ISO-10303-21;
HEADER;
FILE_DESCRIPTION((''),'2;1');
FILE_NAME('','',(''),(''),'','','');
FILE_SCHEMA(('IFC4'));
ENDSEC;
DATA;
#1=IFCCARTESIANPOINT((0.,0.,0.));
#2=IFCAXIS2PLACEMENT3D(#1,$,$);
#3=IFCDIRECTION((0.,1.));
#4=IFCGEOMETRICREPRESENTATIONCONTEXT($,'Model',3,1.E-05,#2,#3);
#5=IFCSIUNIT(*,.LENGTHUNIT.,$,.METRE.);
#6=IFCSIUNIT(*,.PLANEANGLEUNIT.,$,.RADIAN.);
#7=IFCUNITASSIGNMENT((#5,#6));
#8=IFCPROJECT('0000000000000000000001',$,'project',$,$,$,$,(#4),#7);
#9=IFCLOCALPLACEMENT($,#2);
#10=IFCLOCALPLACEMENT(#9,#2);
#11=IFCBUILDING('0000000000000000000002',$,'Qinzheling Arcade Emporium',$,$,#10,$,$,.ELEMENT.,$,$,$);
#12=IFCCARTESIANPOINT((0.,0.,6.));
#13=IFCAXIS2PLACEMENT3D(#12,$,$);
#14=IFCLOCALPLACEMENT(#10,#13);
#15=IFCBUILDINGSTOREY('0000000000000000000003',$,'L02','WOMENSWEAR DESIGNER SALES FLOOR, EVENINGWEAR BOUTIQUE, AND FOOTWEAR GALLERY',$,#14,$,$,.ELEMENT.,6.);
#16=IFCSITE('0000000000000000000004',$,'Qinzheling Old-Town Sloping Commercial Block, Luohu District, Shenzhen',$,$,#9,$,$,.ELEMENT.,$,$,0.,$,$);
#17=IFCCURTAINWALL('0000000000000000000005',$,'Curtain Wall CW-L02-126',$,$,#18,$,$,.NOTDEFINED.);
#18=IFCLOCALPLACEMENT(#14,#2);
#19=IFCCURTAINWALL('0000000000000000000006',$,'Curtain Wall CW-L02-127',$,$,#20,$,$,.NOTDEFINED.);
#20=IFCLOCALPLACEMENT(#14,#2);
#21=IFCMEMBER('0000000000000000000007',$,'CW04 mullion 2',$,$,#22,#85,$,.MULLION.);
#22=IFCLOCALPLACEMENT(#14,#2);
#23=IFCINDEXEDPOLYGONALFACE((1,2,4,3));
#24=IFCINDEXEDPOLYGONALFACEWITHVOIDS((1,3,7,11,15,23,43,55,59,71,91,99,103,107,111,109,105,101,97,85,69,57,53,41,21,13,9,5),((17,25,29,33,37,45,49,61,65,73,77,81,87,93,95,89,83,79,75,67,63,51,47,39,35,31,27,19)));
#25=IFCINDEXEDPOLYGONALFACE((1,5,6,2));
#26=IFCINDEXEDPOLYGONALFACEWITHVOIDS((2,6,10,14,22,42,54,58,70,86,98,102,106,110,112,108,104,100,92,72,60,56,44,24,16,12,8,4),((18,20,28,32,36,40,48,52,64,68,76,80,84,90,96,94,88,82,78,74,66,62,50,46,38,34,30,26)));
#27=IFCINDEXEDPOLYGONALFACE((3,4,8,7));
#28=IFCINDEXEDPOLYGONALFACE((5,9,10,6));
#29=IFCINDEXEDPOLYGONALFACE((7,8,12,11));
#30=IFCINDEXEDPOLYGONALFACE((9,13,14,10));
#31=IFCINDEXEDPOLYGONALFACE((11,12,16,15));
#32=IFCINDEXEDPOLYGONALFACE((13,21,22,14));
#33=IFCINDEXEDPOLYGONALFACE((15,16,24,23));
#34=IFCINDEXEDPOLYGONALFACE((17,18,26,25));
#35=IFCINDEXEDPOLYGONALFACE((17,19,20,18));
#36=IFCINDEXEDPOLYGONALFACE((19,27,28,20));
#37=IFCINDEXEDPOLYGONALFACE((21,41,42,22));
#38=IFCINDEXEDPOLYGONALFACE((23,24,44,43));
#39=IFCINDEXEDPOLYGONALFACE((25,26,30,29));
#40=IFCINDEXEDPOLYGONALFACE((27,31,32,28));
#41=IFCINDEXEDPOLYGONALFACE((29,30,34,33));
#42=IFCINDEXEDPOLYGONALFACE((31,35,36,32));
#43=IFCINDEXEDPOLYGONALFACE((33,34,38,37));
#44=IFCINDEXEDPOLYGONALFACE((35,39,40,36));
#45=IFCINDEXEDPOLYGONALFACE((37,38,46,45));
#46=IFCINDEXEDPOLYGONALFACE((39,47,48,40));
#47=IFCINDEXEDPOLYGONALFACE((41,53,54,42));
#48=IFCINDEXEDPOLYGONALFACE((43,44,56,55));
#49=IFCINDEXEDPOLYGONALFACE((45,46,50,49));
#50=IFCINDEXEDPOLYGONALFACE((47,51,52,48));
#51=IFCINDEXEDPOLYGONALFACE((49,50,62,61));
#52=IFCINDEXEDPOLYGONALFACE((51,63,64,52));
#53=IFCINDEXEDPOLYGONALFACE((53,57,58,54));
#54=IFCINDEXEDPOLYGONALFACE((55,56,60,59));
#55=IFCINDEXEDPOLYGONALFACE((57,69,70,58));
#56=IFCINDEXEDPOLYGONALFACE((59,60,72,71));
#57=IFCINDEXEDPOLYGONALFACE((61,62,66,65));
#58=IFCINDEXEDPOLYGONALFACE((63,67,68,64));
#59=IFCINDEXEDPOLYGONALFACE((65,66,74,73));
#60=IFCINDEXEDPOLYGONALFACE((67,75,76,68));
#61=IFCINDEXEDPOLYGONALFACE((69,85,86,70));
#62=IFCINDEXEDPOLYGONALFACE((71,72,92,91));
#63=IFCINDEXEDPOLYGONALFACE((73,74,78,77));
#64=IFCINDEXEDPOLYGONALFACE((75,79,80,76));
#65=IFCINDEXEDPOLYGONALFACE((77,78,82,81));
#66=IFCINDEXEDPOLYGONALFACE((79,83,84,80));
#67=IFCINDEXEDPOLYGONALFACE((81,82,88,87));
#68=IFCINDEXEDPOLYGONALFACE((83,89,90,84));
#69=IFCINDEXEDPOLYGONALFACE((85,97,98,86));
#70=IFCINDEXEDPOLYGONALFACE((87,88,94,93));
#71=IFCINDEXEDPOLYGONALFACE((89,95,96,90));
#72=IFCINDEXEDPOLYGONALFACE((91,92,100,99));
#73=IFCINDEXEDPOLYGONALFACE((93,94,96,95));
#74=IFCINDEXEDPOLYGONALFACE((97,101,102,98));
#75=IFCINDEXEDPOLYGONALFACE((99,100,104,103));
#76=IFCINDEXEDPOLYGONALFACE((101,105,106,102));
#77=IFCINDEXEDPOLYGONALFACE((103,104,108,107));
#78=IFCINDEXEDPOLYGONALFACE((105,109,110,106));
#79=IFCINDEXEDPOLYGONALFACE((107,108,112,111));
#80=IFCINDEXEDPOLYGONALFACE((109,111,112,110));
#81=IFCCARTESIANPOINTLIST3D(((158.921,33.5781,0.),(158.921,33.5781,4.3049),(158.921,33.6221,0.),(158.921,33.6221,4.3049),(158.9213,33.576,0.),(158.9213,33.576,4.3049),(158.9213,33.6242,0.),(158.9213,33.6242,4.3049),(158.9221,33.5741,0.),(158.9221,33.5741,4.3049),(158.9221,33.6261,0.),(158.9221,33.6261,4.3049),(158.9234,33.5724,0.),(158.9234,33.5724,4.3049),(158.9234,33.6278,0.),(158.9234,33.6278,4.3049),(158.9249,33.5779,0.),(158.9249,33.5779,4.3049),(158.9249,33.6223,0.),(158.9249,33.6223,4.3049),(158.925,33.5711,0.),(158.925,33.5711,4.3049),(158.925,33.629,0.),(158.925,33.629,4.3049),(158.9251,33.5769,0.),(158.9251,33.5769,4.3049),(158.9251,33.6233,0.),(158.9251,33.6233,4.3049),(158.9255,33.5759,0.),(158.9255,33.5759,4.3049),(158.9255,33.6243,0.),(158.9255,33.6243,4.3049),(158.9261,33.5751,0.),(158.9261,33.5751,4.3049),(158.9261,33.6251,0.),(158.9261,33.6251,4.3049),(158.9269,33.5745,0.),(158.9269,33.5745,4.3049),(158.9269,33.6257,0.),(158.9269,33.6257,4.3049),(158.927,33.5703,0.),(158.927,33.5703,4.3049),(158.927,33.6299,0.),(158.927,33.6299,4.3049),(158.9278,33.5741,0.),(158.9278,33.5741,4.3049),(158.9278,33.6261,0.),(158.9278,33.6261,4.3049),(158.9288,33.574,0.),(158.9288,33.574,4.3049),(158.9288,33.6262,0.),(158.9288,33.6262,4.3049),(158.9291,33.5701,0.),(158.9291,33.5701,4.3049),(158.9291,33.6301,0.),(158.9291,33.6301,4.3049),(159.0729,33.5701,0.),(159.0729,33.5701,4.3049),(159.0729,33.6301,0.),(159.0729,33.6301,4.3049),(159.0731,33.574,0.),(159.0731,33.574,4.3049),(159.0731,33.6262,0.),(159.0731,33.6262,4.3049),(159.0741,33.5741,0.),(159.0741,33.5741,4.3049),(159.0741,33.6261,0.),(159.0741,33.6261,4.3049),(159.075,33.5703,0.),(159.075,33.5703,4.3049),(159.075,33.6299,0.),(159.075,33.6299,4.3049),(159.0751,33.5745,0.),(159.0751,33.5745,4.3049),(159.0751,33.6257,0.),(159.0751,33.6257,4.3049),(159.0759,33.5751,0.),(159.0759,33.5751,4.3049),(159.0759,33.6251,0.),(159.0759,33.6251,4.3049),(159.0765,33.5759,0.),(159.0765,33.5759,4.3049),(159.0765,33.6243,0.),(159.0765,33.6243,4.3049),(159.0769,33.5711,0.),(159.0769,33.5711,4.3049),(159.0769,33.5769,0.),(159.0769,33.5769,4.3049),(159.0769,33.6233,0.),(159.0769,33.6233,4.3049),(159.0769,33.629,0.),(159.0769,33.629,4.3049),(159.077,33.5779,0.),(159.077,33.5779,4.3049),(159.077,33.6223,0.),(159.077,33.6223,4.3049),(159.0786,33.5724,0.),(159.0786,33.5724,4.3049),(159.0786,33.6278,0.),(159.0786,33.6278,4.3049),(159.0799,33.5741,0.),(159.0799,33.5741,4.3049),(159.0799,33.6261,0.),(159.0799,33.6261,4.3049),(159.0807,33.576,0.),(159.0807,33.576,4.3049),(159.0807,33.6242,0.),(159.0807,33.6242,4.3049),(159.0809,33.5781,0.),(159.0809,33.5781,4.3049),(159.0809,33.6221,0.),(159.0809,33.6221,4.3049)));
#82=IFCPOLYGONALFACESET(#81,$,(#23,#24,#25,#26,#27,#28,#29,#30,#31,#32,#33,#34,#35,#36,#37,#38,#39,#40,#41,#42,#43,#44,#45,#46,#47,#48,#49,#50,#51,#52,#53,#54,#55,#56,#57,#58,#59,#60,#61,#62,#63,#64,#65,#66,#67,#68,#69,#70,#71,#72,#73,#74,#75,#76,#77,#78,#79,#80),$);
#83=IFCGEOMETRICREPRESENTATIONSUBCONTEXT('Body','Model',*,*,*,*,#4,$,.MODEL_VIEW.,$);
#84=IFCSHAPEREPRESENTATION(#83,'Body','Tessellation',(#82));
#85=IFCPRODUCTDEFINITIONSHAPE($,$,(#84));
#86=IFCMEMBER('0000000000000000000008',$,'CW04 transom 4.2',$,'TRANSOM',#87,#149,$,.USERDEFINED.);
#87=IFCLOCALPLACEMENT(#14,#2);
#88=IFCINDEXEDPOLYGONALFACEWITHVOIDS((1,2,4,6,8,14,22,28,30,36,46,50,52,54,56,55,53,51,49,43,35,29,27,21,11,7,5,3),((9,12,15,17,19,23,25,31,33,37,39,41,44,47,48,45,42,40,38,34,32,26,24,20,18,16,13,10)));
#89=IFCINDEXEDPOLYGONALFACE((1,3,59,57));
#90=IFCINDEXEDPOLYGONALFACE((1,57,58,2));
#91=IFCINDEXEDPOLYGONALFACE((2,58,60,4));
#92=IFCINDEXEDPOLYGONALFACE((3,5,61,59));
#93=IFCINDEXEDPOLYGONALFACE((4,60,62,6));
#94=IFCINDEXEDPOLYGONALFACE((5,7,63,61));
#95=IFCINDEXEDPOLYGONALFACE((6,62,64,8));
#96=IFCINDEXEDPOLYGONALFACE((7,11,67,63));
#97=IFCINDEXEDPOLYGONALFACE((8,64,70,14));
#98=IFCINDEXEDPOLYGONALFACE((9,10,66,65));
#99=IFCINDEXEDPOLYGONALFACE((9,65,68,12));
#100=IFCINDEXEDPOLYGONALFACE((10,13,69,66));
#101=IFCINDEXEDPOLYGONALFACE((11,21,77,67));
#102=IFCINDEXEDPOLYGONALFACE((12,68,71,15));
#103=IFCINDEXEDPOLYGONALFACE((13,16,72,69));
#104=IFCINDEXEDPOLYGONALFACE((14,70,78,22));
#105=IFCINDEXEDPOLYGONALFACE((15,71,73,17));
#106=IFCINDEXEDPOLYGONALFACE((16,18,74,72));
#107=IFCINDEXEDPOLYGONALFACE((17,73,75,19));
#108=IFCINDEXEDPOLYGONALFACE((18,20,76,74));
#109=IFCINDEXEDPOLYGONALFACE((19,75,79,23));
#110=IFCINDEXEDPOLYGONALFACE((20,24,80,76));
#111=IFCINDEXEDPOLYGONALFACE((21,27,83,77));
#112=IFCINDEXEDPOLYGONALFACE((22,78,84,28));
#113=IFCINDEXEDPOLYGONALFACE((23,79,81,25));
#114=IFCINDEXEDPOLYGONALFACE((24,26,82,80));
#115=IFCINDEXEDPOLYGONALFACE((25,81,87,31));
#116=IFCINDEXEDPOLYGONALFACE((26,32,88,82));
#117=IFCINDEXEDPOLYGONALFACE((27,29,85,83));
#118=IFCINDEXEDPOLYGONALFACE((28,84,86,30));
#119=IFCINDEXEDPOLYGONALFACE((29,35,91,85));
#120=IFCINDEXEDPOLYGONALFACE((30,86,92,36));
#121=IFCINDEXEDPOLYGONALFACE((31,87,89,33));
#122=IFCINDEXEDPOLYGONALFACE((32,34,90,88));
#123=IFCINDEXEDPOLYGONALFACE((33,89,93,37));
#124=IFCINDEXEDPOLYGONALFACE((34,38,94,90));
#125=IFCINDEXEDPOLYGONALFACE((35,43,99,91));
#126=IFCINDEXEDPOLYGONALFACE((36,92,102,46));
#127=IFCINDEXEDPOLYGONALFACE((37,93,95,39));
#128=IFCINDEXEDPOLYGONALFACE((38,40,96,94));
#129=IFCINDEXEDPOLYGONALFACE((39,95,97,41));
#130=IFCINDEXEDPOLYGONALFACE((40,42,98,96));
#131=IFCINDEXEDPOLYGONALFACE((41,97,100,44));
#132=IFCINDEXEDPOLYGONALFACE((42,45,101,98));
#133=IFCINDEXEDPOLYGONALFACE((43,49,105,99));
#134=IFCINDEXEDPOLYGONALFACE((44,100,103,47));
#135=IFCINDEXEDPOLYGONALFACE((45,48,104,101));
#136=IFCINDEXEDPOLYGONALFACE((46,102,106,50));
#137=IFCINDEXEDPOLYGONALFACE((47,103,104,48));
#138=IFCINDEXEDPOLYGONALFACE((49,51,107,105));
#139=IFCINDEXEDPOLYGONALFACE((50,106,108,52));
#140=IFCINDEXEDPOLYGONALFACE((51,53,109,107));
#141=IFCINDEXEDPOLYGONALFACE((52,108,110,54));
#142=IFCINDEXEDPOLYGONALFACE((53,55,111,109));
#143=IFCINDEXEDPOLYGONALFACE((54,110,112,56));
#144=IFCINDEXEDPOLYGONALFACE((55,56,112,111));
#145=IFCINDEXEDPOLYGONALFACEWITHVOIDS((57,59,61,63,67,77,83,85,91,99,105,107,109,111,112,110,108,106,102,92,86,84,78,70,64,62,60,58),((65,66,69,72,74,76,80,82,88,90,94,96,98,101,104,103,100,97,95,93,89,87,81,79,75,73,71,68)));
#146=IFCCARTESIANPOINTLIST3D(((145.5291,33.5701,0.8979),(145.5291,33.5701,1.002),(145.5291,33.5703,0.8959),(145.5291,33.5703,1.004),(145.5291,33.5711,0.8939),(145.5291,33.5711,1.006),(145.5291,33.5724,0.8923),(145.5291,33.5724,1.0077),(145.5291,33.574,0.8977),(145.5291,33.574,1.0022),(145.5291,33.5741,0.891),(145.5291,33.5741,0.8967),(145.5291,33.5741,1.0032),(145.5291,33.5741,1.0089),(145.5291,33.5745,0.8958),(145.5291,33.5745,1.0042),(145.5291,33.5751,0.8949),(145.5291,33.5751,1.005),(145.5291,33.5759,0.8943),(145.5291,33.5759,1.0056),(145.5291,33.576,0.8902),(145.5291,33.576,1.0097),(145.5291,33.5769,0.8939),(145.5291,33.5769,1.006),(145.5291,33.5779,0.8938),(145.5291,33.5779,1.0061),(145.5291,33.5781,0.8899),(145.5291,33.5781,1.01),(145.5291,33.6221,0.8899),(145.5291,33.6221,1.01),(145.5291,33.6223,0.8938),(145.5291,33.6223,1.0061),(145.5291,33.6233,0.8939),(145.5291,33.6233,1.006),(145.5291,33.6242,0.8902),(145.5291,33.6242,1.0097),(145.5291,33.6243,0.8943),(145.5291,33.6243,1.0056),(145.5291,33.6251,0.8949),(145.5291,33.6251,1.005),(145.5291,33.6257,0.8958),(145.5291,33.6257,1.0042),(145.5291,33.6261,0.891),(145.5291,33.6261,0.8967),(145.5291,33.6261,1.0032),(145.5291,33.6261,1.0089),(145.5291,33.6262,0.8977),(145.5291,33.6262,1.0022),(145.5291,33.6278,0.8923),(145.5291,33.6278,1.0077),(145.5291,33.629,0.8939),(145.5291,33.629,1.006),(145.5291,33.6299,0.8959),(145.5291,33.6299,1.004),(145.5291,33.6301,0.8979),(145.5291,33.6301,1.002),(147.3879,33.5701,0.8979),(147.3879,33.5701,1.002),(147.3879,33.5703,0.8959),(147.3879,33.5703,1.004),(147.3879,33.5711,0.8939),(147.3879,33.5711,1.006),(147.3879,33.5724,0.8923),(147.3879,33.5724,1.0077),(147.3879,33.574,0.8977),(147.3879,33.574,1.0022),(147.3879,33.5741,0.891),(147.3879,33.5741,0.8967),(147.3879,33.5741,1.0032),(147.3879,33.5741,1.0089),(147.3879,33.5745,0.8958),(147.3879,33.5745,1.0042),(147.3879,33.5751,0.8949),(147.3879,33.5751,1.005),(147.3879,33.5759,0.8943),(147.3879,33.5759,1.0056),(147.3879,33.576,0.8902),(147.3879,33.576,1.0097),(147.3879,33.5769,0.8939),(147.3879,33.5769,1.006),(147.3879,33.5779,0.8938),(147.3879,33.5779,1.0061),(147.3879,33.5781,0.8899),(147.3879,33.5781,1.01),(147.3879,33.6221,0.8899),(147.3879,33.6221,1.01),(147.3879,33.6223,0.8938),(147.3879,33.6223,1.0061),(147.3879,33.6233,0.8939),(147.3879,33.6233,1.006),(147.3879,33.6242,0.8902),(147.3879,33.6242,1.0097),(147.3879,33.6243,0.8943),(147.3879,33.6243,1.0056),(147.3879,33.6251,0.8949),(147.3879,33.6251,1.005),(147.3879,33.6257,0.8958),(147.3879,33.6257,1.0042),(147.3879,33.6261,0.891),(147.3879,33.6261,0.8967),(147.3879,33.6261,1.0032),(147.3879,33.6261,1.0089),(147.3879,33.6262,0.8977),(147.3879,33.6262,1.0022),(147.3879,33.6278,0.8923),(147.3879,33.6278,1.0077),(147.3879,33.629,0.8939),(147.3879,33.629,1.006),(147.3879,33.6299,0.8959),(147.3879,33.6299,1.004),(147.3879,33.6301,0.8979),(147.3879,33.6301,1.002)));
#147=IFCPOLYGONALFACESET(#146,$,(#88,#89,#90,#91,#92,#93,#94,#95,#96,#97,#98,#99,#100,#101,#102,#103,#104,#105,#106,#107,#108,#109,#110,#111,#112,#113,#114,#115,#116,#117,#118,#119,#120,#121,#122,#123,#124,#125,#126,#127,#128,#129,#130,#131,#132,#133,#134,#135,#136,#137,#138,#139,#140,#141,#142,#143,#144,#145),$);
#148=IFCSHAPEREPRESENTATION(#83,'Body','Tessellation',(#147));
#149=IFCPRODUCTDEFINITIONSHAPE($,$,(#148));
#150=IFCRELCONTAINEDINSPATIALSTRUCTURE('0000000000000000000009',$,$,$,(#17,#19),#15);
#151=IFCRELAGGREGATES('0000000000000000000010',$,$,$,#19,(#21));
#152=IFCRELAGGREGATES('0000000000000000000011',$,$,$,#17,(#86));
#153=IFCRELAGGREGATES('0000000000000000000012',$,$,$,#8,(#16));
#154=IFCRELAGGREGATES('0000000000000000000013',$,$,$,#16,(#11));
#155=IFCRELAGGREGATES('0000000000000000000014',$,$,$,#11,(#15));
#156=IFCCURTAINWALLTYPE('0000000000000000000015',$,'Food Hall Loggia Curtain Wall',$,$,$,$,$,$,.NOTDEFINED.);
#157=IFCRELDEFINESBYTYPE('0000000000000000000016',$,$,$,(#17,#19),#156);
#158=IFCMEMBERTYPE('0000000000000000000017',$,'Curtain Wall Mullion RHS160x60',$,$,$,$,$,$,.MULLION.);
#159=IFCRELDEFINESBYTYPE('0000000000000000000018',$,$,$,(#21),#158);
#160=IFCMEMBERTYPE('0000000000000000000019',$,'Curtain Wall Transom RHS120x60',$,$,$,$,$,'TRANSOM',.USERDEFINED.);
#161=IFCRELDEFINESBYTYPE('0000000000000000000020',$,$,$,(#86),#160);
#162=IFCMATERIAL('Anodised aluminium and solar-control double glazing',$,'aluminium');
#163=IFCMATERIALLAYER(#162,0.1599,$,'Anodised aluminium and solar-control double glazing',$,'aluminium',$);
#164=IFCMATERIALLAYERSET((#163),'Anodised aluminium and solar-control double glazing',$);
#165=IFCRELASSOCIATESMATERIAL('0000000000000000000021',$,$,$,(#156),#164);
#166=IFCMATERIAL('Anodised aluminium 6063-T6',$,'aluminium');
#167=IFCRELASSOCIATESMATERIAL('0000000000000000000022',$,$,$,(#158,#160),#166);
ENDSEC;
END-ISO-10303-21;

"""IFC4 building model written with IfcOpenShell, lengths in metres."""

from ifc_helpers import new_model, si_unit, direction, frame, origin, origin_2d, place, context, subcontext, project, spatial, hollow_rectangle, extrude, material, layer, layer_set, material_profile, profile_set, type_object, element, aggregate, save


model = new_model("IFC4")

# Units and contexts
model_context = context("Model", 3, precision=1e-05, world=origin(), true_north=direction((0.0, 1.0)))
body_context = subcontext(model_context, "Body", "Model", "MODEL_VIEW")
ifc_project = project(units=[si_unit("LENGTHUNIT", "METRE"), si_unit("PLANEANGLEUNIT", "RADIAN")], contexts=[model_context])

# Site, building, storey
site_placement = place(None, origin())
site = spatial("IfcSite", under=ifc_project, at=site_placement, Name="Qinzheling Old-Town Sloping Commercial Block, Luohu District, Shenzhen", CompositionType="ELEMENT", RefElevation=0.0)
building_placement = place(site_placement, origin())
building = spatial("IfcBuilding", under=site, at=building_placement, Name="Qinzheling Arcade Emporium", CompositionType="ELEMENT")
storey_placement = place(building_placement, frame((0.0, 0.0, 6.0)))
storey = spatial("IfcBuildingStorey", under=building, at=storey_placement, Name="L02", Description="WOMENSWEAR DESIGNER SALES FLOOR, EVENINGWEAR BOUTIQUE, AND FOOTWEAR GALLERY", CompositionType="ELEMENT", Elevation=6.0)

# Curtain wall
ifc_material_1 = material(Name="Anodised aluminium and solar-control double glazing", Category="aluminium")
ifc_layer_1 = layer(ifc_material_1, 0.1599, Name="Anodised aluminium and solar-control double glazing", Category="aluminium")
ifc_layer_set_1 = layer_set([ifc_layer_1], Name="Anodised aluminium and solar-control double glazing")
curtain_wall_type = type_object("IfcCurtainWallType", Name="Food Hall Loggia Curtain Wall", PredefinedType="NOTDEFINED", material=ifc_layer_set_1)
curtain_wall_1_placement = place(storey_placement, origin())
curtain_wall_1 = element("IfcCurtainWall", 1, at=curtain_wall_1_placement, inside=storey, type_object=curtain_wall_type, Name="Curtain Wall CW-L02-126", PredefinedType="NOTDEFINED")
ifc_material_2 = material(Name="Anodised aluminium 6063-T6", Category="aluminium")
ifc_material_profile_1 = material_profile(ifc_material_2, hollow_rectangle(XDim=0.0601, YDim=0.1599, WallThickness=0.0039, InnerFilletRadius=0.0039, OuterFilletRadius=0.0081, at=origin_2d()), Name="RHS 160x60x4", Category="aluminium")
ifc_profile_set_1 = profile_set([ifc_material_profile_1], Name="Anodised aluminium 6063-T6")
member_type_1 = type_object("IfcMemberType", Name="Curtain Wall Mullion RHS160x60", PredefinedType="MULLION", material=ifc_profile_set_1)

# Curtain wall, member
curtain_wall_2_placement = place(storey_placement, origin())
curtain_wall_2 = element("IfcCurtainWall", 2, at=curtain_wall_2_placement, inside=storey, type_object=curtain_wall_type, Name="Curtain Wall CW-L02-127", PredefinedType="NOTDEFINED")
member_1_placement = place(storey_placement, frame((159.001, 33.6001, 0.0), z_axis=(0.0, 0.0, 1.0), x_axis=(0.0, 1.0, 0.0)))
member_1 = element("IfcMember", 3, at=member_1_placement, type_object=member_type_1, Name="CW04 mullion 2", PredefinedType="MULLION", context=body_context, shape_type="SweptSolid", body=[
    extrude(hollow_rectangle(XDim=0.0601, YDim=0.1599, WallThickness=0.0039, InnerFilletRadius=0.0039, OuterFilletRadius=0.0081, at=origin_2d()), origin(), (0.0, 0.0, 1.0), 4.3049),
])

# Member
ifc_material_profile_2 = material_profile(ifc_material_2, hollow_rectangle(XDim=0.0601, YDim=0.1201, WallThickness=0.0039, InnerFilletRadius=0.0039, OuterFilletRadius=0.0081, at=origin_2d()), Name="RHS 120x60x4", Category="aluminium")
ifc_profile_set_2 = profile_set([ifc_material_profile_2], Name="Anodised aluminium 6063-T6")
member_type_2 = type_object("IfcMemberType", Name="Curtain Wall Transom RHS120x60", ElementType="TRANSOM", PredefinedType="USERDEFINED", material=ifc_profile_set_2)
member_2_placement = place(storey_placement, frame((145.5291, 33.6001, 0.95), z_axis=(1.0, 0.0, 0.0), x_axis=(0.0, 1.0, 0.0)))
member_2 = element("IfcMember", 4, at=member_2_placement, type_object=member_type_2, Name="CW04 transom 4.2", ObjectType="TRANSOM", PredefinedType="USERDEFINED", context=body_context, shape_type="SweptSolid", body=[
    extrude(hollow_rectangle(XDim=0.0601, YDim=0.1201, WallThickness=0.0039, InnerFilletRadius=0.0039, OuterFilletRadius=0.0081, at=origin_2d()), origin(), (0.0, 0.0, 1.0), 1.8589),
])

aggregate(curtain_wall_2, [member_1])
aggregate(curtain_wall_1, [member_2])

save(model, "model.ifc")
